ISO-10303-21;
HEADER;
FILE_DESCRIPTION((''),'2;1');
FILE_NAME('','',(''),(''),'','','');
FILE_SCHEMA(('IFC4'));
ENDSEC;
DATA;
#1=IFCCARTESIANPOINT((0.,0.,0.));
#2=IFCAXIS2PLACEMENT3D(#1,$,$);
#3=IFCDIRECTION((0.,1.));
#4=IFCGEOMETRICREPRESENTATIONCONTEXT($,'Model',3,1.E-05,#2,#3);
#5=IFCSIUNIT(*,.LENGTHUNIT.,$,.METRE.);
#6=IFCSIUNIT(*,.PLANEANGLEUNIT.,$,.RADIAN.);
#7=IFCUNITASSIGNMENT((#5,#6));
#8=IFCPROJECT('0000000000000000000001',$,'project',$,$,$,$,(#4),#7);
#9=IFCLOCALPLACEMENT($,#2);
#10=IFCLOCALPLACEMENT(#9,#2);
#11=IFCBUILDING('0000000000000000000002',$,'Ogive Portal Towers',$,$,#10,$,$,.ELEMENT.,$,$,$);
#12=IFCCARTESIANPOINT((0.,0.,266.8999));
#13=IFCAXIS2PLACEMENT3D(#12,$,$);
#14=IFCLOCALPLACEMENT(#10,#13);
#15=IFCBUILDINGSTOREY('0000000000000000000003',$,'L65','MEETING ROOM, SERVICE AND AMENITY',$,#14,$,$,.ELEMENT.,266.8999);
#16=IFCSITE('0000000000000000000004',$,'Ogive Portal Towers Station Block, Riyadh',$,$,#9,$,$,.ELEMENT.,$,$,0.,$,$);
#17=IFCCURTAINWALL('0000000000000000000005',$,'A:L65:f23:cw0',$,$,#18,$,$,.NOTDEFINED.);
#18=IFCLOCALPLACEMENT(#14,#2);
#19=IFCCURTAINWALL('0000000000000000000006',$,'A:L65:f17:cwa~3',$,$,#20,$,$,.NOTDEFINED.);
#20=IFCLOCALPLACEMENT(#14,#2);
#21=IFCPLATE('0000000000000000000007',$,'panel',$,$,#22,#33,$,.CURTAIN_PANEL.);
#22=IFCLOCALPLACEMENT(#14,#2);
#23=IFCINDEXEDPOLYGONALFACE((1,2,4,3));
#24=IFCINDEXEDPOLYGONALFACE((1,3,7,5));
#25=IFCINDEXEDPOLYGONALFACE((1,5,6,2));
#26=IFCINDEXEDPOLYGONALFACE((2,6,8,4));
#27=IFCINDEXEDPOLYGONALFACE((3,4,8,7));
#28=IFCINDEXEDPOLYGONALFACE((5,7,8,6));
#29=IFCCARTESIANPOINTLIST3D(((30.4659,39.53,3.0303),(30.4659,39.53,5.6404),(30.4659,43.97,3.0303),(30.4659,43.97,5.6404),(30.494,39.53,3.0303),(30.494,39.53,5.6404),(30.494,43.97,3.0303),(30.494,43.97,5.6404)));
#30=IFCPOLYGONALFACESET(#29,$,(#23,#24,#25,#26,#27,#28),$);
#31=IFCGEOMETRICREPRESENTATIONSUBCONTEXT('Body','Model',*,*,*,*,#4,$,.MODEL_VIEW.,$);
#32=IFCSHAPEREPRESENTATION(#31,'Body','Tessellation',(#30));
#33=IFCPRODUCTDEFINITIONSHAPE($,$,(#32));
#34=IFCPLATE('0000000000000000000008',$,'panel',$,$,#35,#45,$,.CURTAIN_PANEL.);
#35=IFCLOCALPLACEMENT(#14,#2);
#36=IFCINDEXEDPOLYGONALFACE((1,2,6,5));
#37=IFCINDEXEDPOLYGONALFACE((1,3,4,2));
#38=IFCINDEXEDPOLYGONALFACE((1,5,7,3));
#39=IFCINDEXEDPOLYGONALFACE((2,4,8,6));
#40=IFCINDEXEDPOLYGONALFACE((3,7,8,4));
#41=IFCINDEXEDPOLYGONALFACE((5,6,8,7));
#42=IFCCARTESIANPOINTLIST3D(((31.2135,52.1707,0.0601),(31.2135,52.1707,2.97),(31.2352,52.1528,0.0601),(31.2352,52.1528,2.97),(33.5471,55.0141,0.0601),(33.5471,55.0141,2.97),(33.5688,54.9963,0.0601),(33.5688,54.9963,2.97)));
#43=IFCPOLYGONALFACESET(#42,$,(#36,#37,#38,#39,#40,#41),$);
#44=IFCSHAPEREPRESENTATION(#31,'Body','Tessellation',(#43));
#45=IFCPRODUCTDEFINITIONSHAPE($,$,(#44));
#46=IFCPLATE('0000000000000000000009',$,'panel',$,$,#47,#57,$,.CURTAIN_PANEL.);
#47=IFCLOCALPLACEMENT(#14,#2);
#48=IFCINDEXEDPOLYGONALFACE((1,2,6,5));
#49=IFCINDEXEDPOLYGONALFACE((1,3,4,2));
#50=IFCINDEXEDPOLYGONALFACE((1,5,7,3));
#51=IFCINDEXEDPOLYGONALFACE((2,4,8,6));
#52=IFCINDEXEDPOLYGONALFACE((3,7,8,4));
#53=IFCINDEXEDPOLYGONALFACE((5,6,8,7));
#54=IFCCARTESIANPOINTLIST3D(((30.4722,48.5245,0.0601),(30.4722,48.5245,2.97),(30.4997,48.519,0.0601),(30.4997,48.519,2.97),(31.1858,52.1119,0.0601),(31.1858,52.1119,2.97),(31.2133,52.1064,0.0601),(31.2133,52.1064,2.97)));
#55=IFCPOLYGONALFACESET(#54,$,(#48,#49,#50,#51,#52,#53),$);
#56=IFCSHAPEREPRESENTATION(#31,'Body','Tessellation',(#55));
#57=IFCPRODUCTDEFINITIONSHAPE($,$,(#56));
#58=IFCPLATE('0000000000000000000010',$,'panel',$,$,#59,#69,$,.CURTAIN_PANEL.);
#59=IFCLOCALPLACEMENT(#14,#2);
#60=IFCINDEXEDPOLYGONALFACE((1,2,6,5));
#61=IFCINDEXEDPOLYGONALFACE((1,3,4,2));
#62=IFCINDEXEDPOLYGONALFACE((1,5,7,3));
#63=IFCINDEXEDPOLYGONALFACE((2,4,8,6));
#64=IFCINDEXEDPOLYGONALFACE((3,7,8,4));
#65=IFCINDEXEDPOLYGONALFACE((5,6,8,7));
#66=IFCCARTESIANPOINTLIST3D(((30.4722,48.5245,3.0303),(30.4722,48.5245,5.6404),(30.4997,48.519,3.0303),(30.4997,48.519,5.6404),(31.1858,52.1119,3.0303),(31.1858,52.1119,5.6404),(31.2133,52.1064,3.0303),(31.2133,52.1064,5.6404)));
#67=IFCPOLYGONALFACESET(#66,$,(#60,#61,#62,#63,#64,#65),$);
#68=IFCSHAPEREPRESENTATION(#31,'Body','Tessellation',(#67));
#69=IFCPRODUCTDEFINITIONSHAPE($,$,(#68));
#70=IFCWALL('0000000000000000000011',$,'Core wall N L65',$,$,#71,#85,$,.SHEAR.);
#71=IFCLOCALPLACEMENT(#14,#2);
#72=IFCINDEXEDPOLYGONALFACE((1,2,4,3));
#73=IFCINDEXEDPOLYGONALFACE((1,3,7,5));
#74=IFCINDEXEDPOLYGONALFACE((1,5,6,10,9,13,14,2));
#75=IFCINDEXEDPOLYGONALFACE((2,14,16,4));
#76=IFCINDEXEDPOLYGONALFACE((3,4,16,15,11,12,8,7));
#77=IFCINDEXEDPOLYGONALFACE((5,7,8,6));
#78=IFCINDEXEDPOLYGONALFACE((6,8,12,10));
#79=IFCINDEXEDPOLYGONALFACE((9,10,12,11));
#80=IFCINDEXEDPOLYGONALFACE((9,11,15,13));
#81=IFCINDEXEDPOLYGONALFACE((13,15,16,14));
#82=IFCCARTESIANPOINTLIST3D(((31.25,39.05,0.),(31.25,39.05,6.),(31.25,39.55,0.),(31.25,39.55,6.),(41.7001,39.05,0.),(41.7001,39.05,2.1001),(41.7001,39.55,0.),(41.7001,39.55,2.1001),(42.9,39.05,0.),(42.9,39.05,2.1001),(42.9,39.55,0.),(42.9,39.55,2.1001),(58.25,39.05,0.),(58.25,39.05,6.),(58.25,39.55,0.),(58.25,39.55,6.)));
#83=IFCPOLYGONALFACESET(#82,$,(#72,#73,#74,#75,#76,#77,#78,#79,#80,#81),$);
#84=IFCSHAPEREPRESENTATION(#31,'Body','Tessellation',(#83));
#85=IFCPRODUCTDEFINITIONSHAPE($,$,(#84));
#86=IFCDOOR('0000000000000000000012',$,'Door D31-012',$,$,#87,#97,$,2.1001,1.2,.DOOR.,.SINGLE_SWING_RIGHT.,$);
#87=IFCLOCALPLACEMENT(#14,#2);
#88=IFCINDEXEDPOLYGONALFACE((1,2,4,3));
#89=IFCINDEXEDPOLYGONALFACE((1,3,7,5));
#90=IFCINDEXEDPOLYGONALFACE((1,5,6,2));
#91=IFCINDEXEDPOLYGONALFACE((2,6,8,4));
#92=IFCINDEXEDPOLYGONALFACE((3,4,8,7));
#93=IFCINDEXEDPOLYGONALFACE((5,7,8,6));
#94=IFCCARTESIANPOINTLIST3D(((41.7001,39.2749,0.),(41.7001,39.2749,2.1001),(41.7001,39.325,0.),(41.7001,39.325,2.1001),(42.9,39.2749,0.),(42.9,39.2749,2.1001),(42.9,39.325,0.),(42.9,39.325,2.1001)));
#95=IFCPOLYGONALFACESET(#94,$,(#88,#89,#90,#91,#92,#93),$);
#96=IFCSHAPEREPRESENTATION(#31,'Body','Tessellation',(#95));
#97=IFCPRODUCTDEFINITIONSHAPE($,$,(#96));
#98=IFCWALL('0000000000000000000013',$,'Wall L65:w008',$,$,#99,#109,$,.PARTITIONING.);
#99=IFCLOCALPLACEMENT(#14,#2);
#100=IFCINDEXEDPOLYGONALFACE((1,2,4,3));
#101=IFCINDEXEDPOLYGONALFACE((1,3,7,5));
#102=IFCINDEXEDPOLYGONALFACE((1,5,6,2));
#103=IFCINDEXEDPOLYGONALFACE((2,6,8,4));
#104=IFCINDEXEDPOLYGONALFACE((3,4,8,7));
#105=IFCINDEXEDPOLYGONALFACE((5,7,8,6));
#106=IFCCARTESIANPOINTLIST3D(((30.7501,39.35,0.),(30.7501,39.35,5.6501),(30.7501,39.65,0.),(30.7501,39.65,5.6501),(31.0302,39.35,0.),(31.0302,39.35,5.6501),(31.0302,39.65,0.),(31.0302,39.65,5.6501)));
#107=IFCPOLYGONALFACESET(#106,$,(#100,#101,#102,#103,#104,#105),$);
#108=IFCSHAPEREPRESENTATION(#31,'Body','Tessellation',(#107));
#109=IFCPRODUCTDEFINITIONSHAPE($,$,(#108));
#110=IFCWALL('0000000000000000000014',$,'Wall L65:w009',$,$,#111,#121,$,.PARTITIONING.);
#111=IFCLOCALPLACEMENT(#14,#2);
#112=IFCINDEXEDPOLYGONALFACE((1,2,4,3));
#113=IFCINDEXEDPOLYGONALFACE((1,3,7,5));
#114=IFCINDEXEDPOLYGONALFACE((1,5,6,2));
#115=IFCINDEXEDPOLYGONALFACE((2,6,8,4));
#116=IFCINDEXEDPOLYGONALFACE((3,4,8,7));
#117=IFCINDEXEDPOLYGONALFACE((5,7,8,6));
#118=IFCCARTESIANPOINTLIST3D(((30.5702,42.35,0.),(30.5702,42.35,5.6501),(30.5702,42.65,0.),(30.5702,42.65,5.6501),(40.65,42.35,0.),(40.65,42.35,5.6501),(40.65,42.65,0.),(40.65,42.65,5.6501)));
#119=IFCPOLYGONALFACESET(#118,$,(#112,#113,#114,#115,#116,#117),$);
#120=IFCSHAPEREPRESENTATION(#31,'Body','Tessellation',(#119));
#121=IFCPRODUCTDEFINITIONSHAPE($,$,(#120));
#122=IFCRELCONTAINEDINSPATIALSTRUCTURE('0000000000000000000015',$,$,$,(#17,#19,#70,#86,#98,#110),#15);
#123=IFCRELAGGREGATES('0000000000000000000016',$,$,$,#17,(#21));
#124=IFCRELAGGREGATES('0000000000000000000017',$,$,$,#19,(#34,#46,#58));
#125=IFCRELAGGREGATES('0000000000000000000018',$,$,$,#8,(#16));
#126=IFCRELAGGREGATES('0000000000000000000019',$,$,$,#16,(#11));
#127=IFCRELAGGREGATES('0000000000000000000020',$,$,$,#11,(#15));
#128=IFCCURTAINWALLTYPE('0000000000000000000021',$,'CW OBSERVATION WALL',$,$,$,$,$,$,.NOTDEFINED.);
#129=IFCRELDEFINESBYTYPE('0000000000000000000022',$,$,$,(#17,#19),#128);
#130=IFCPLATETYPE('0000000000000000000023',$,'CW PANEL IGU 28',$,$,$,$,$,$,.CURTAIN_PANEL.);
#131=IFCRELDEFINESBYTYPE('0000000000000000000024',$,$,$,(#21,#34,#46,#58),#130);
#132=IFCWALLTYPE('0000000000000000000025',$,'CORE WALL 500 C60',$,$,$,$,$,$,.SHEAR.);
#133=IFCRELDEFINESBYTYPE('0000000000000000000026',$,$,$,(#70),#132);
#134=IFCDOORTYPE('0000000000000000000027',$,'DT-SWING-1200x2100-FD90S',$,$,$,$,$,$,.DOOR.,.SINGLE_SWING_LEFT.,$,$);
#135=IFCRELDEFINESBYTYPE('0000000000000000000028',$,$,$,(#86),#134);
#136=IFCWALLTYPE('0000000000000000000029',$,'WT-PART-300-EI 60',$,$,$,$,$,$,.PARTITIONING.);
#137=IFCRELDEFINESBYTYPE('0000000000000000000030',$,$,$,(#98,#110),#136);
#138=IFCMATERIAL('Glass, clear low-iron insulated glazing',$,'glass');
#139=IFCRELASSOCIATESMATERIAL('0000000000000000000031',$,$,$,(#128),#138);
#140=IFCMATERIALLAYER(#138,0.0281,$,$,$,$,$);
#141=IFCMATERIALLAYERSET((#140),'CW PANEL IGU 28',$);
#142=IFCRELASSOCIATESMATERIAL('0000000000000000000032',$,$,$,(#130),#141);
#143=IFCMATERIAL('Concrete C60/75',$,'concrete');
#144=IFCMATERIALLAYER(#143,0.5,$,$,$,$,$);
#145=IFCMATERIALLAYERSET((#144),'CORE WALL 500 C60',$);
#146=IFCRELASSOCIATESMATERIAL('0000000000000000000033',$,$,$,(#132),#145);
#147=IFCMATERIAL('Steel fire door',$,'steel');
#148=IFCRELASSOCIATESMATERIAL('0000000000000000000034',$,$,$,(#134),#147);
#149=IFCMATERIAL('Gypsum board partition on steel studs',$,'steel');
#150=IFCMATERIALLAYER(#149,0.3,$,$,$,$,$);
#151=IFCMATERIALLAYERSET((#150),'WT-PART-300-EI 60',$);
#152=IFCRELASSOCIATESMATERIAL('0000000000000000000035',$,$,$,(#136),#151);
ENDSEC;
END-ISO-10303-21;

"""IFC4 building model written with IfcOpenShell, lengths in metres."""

from ifc_helpers import new_model, si_unit, direction, frame, frame_2d, origin, origin_2d, place, context, subcontext, project, spatial, rectangle, extrude, material, layer, layer_set, type_object, element, fill, aggregate, save


model = new_model("IFC4")

# Units and contexts
model_context = context("Model", 3, precision=1e-05, world=origin(), true_north=direction((0.0, 1.0)))
body_context = subcontext(model_context, "Body", "Model", "MODEL_VIEW")
ifc_project = project(units=[si_unit("LENGTHUNIT", "METRE"), si_unit("PLANEANGLEUNIT", "RADIAN")], contexts=[model_context])

# Site, building, storey
site_placement = place(None, origin())
site = spatial("IfcSite", under=ifc_project, at=site_placement, Name="Ogive Portal Towers Station Block, Riyadh", CompositionType="ELEMENT", RefElevation=0.0)
building_placement = place(site_placement, origin())
building = spatial("IfcBuilding", under=site, at=building_placement, Name="Ogive Portal Towers", CompositionType="ELEMENT")
storey_placement = place(building_placement, frame((0.0, 0.0, 266.8999)))
storey = spatial("IfcBuildingStorey", under=building, at=storey_placement, Name="L65", Description="MEETING ROOM, SERVICE AND AMENITY", CompositionType="ELEMENT", Elevation=266.8999)

# Shared definitions
ifc_material_1 = material(Name="Concrete C60/75", Category="concrete")

# Curtain wall
ifc_material_2 = material(Name="Glass, clear low-iron insulated glazing", Category="glass")
curtain_wall_type = type_object("IfcCurtainWallType", Name="CW OBSERVATION WALL", PredefinedType="NOTDEFINED", material=ifc_material_2)
curtain_wall_1_placement = place(storey_placement, origin())
curtain_wall_1 = element("IfcCurtainWall", 1, at=curtain_wall_1_placement, inside=storey, type_object=curtain_wall_type, Name="A:L65:f23:cw0", PredefinedType="NOTDEFINED")

# Curtain wall
curtain_wall_2_placement = place(storey_placement, origin())
curtain_wall_2 = element("IfcCurtainWall", 2, at=curtain_wall_2_placement, inside=storey, type_object=curtain_wall_type, Name="A:L65:f17:cwa~3", PredefinedType="NOTDEFINED")

# Plates
ifc_layer_1 = layer(ifc_material_2, 0.0281)
ifc_layer_set_1 = layer_set([ifc_layer_1], Name="CW PANEL IGU 28")
plate_type = type_object("IfcPlateType", Name="CW PANEL IGU 28", PredefinedType="CURTAIN_PANEL", material=ifc_layer_set_1)
plate_1_placement = place(storey_placement, frame((30.48, 41.75, 3.0303), z_axis=(0.0, 0.0, 1.0), x_axis=(0.0, -1.0, 0.0)))
plate_1 = element("IfcPlate", 3, at=plate_1_placement, type_object=plate_type, Name="panel", PredefinedType="CURTAIN_PANEL", context=body_context, shape_type="SweptSolid", body=[
    extrude(rectangle(XDim=4.4399, YDim=0.0281, at=origin_2d()), origin(), (0.0, 0.0, 1.0), 2.6101),
])
aggregate(curtain_wall_1, [plate_1])
plate_2_placement = place(storey_placement, frame((32.3911, 53.5835, 0.0601), z_axis=(0.0, 0.0, 1.0), x_axis=(-0.634393, -0.77301, 0.0)))
plate_2 = element("IfcPlate", 4, at=plate_2_placement, type_object=plate_type, Name="panel", PredefinedType="CURTAIN_PANEL", context=body_context, shape_type="SweptSolid", body=[
    extrude(rectangle(XDim=3.6785, YDim=0.0281, at=origin_2d()), origin(), (0.0, 0.0, 1.0), 2.9099),
])
plate_3_placement = place(storey_placement, frame((30.8428, 50.3154, 0.0601), z_axis=(0.0, 0.0, 1.0), x_axis=(-0.19509, -0.980785, 0.0)))
plate_3 = element("IfcPlate", 5, at=plate_3_placement, type_object=plate_type, Name="panel", PredefinedType="CURTAIN_PANEL", context=body_context, shape_type="SweptSolid", body=[
    extrude(rectangle(XDim=3.6577, YDim=0.0281, at=origin_2d()), origin(), (0.0, 0.0, 1.0), 2.9099),
])
plate_4_placement = place(storey_placement, frame((30.8428, 50.3154, 3.0303), z_axis=(0.0, 0.0, 1.0), x_axis=(-0.19509, -0.980785, 0.0)))
plate_4 = element("IfcPlate", 6, at=plate_4_placement, type_object=plate_type, Name="panel", PredefinedType="CURTAIN_PANEL", context=body_context, shape_type="SweptSolid", body=[
    extrude(rectangle(XDim=3.6577, YDim=0.0281, at=origin_2d()), origin(), (0.0, 0.0, 1.0), 2.6101),
])
aggregate(curtain_wall_2, [plate_2, plate_3, plate_4])

# Wall, opening, door
ifc_layer_2 = layer(ifc_material_1, 0.5)
ifc_layer_set_2 = layer_set([ifc_layer_2], Name="CORE WALL 500 C60")
wall_type_1 = type_object("IfcWallType", Name="CORE WALL 500 C60", PredefinedType="SHEAR", material=ifc_layer_set_2)
wall_1_placement = place(storey_placement, frame((31.25, 39.3, 0.0), z_axis=(0.0, 0.0, 1.0), x_axis=(1.0, 0.0, 0.0)))
wall_1 = element("IfcWall", 7, at=wall_1_placement, inside=storey, type_object=wall_type_1, Name="Core wall N L65", PredefinedType="SHEAR", context=body_context, shape_type="SweptSolid", body=[
    extrude(rectangle(XDim=27.0, YDim=0.5, at=frame_2d((13.5, 0.0))), origin(), (0.0, 0.0, 1.0), 6.0),
])
opening_placement = place(wall_1_placement, frame((10.45, 0.0, 0.0)))
opening = element("IfcOpeningElement", 8, at=opening_placement, cuts=wall_1, PredefinedType="OPENING", context=body_context, shape_type="SweptSolid", body=[
    extrude(rectangle(XDim=1.2, YDim=2.1001, at=frame_2d((0.6001, 1.05))), frame((0.0, 0.26, 0.0), z_axis=(0.0, -1.0, 0.0), x_axis=(1.0, 0.0, 0.0)), (0.0, 0.0, 1.0), 0.52),
])
ifc_material_3 = material(Name="Steel fire door", Category="steel")
door_type = type_object("IfcDoorType", Name="DT-SWING-1200x2100-FD90S", OperationType="SINGLE_SWING_LEFT", PredefinedType="DOOR", material=ifc_material_3)
door_placement = place(opening_placement, origin())
door = element("IfcDoor", 9, at=door_placement, inside=storey, type_object=door_type, Name="Door D31-012", OperationType="SINGLE_SWING_RIGHT", OverallHeight=2.1001, OverallWidth=1.2, PredefinedType="DOOR", context=body_context, shape_type="SweptSolid", body=[
    extrude(rectangle(XDim=1.2, YDim=2.1001, at=frame_2d((0.6001, 1.05))), frame((0.0, 0.0249, 0.0), z_axis=(0.0, -1.0, 0.0), x_axis=(1.0, 0.0, 0.0)), (0.0, 0.0, 1.0), 0.05),
])
fill(opening, door)

# Walls
ifc_material_4 = material(Name="Gypsum board partition on steel studs", Category="steel")
ifc_layer_3 = layer(ifc_material_4, 0.3)
ifc_layer_set_3 = layer_set([ifc_layer_3], Name="WT-PART-300-EI 60")
wall_type_2 = type_object("IfcWallType", Name="WT-PART-300-EI 60", PredefinedType="PARTITIONING", material=ifc_layer_set_3)
wall_2_placement = place(storey_placement, frame((30.75, 39.5, 0.0), z_axis=(0.0, 0.0, 1.0), x_axis=(1.0, 0.0, 0.0)))
element("IfcWall", 10, at=wall_2_placement, inside=storey, type_object=wall_type_2, Name="Wall L65:w008", PredefinedType="PARTITIONING", context=body_context, shape_type="SweptSolid", body=[
    extrude(rectangle(XDim=0.28, YDim=0.3, at=frame_2d((0.1401, 0.0))), origin(), (0.0, 0.0, 1.0), 5.6501),
])
wall_3_placement = place(storey_placement, frame((30.5701, 42.5, 0.0), z_axis=(0.0, 0.0, 1.0), x_axis=(1.0, 0.0, 0.0)))
element("IfcWall", 11, at=wall_3_placement, inside=storey, type_object=wall_type_2, Name="Wall L65:w009", PredefinedType="PARTITIONING", context=body_context, shape_type="SweptSolid", body=[
    extrude(rectangle(XDim=10.0798, YDim=0.3, at=frame_2d((5.04, 0.0))), origin(), (0.0, 0.0, 1.0), 5.6501),
])

save(model, "model.ifc")
